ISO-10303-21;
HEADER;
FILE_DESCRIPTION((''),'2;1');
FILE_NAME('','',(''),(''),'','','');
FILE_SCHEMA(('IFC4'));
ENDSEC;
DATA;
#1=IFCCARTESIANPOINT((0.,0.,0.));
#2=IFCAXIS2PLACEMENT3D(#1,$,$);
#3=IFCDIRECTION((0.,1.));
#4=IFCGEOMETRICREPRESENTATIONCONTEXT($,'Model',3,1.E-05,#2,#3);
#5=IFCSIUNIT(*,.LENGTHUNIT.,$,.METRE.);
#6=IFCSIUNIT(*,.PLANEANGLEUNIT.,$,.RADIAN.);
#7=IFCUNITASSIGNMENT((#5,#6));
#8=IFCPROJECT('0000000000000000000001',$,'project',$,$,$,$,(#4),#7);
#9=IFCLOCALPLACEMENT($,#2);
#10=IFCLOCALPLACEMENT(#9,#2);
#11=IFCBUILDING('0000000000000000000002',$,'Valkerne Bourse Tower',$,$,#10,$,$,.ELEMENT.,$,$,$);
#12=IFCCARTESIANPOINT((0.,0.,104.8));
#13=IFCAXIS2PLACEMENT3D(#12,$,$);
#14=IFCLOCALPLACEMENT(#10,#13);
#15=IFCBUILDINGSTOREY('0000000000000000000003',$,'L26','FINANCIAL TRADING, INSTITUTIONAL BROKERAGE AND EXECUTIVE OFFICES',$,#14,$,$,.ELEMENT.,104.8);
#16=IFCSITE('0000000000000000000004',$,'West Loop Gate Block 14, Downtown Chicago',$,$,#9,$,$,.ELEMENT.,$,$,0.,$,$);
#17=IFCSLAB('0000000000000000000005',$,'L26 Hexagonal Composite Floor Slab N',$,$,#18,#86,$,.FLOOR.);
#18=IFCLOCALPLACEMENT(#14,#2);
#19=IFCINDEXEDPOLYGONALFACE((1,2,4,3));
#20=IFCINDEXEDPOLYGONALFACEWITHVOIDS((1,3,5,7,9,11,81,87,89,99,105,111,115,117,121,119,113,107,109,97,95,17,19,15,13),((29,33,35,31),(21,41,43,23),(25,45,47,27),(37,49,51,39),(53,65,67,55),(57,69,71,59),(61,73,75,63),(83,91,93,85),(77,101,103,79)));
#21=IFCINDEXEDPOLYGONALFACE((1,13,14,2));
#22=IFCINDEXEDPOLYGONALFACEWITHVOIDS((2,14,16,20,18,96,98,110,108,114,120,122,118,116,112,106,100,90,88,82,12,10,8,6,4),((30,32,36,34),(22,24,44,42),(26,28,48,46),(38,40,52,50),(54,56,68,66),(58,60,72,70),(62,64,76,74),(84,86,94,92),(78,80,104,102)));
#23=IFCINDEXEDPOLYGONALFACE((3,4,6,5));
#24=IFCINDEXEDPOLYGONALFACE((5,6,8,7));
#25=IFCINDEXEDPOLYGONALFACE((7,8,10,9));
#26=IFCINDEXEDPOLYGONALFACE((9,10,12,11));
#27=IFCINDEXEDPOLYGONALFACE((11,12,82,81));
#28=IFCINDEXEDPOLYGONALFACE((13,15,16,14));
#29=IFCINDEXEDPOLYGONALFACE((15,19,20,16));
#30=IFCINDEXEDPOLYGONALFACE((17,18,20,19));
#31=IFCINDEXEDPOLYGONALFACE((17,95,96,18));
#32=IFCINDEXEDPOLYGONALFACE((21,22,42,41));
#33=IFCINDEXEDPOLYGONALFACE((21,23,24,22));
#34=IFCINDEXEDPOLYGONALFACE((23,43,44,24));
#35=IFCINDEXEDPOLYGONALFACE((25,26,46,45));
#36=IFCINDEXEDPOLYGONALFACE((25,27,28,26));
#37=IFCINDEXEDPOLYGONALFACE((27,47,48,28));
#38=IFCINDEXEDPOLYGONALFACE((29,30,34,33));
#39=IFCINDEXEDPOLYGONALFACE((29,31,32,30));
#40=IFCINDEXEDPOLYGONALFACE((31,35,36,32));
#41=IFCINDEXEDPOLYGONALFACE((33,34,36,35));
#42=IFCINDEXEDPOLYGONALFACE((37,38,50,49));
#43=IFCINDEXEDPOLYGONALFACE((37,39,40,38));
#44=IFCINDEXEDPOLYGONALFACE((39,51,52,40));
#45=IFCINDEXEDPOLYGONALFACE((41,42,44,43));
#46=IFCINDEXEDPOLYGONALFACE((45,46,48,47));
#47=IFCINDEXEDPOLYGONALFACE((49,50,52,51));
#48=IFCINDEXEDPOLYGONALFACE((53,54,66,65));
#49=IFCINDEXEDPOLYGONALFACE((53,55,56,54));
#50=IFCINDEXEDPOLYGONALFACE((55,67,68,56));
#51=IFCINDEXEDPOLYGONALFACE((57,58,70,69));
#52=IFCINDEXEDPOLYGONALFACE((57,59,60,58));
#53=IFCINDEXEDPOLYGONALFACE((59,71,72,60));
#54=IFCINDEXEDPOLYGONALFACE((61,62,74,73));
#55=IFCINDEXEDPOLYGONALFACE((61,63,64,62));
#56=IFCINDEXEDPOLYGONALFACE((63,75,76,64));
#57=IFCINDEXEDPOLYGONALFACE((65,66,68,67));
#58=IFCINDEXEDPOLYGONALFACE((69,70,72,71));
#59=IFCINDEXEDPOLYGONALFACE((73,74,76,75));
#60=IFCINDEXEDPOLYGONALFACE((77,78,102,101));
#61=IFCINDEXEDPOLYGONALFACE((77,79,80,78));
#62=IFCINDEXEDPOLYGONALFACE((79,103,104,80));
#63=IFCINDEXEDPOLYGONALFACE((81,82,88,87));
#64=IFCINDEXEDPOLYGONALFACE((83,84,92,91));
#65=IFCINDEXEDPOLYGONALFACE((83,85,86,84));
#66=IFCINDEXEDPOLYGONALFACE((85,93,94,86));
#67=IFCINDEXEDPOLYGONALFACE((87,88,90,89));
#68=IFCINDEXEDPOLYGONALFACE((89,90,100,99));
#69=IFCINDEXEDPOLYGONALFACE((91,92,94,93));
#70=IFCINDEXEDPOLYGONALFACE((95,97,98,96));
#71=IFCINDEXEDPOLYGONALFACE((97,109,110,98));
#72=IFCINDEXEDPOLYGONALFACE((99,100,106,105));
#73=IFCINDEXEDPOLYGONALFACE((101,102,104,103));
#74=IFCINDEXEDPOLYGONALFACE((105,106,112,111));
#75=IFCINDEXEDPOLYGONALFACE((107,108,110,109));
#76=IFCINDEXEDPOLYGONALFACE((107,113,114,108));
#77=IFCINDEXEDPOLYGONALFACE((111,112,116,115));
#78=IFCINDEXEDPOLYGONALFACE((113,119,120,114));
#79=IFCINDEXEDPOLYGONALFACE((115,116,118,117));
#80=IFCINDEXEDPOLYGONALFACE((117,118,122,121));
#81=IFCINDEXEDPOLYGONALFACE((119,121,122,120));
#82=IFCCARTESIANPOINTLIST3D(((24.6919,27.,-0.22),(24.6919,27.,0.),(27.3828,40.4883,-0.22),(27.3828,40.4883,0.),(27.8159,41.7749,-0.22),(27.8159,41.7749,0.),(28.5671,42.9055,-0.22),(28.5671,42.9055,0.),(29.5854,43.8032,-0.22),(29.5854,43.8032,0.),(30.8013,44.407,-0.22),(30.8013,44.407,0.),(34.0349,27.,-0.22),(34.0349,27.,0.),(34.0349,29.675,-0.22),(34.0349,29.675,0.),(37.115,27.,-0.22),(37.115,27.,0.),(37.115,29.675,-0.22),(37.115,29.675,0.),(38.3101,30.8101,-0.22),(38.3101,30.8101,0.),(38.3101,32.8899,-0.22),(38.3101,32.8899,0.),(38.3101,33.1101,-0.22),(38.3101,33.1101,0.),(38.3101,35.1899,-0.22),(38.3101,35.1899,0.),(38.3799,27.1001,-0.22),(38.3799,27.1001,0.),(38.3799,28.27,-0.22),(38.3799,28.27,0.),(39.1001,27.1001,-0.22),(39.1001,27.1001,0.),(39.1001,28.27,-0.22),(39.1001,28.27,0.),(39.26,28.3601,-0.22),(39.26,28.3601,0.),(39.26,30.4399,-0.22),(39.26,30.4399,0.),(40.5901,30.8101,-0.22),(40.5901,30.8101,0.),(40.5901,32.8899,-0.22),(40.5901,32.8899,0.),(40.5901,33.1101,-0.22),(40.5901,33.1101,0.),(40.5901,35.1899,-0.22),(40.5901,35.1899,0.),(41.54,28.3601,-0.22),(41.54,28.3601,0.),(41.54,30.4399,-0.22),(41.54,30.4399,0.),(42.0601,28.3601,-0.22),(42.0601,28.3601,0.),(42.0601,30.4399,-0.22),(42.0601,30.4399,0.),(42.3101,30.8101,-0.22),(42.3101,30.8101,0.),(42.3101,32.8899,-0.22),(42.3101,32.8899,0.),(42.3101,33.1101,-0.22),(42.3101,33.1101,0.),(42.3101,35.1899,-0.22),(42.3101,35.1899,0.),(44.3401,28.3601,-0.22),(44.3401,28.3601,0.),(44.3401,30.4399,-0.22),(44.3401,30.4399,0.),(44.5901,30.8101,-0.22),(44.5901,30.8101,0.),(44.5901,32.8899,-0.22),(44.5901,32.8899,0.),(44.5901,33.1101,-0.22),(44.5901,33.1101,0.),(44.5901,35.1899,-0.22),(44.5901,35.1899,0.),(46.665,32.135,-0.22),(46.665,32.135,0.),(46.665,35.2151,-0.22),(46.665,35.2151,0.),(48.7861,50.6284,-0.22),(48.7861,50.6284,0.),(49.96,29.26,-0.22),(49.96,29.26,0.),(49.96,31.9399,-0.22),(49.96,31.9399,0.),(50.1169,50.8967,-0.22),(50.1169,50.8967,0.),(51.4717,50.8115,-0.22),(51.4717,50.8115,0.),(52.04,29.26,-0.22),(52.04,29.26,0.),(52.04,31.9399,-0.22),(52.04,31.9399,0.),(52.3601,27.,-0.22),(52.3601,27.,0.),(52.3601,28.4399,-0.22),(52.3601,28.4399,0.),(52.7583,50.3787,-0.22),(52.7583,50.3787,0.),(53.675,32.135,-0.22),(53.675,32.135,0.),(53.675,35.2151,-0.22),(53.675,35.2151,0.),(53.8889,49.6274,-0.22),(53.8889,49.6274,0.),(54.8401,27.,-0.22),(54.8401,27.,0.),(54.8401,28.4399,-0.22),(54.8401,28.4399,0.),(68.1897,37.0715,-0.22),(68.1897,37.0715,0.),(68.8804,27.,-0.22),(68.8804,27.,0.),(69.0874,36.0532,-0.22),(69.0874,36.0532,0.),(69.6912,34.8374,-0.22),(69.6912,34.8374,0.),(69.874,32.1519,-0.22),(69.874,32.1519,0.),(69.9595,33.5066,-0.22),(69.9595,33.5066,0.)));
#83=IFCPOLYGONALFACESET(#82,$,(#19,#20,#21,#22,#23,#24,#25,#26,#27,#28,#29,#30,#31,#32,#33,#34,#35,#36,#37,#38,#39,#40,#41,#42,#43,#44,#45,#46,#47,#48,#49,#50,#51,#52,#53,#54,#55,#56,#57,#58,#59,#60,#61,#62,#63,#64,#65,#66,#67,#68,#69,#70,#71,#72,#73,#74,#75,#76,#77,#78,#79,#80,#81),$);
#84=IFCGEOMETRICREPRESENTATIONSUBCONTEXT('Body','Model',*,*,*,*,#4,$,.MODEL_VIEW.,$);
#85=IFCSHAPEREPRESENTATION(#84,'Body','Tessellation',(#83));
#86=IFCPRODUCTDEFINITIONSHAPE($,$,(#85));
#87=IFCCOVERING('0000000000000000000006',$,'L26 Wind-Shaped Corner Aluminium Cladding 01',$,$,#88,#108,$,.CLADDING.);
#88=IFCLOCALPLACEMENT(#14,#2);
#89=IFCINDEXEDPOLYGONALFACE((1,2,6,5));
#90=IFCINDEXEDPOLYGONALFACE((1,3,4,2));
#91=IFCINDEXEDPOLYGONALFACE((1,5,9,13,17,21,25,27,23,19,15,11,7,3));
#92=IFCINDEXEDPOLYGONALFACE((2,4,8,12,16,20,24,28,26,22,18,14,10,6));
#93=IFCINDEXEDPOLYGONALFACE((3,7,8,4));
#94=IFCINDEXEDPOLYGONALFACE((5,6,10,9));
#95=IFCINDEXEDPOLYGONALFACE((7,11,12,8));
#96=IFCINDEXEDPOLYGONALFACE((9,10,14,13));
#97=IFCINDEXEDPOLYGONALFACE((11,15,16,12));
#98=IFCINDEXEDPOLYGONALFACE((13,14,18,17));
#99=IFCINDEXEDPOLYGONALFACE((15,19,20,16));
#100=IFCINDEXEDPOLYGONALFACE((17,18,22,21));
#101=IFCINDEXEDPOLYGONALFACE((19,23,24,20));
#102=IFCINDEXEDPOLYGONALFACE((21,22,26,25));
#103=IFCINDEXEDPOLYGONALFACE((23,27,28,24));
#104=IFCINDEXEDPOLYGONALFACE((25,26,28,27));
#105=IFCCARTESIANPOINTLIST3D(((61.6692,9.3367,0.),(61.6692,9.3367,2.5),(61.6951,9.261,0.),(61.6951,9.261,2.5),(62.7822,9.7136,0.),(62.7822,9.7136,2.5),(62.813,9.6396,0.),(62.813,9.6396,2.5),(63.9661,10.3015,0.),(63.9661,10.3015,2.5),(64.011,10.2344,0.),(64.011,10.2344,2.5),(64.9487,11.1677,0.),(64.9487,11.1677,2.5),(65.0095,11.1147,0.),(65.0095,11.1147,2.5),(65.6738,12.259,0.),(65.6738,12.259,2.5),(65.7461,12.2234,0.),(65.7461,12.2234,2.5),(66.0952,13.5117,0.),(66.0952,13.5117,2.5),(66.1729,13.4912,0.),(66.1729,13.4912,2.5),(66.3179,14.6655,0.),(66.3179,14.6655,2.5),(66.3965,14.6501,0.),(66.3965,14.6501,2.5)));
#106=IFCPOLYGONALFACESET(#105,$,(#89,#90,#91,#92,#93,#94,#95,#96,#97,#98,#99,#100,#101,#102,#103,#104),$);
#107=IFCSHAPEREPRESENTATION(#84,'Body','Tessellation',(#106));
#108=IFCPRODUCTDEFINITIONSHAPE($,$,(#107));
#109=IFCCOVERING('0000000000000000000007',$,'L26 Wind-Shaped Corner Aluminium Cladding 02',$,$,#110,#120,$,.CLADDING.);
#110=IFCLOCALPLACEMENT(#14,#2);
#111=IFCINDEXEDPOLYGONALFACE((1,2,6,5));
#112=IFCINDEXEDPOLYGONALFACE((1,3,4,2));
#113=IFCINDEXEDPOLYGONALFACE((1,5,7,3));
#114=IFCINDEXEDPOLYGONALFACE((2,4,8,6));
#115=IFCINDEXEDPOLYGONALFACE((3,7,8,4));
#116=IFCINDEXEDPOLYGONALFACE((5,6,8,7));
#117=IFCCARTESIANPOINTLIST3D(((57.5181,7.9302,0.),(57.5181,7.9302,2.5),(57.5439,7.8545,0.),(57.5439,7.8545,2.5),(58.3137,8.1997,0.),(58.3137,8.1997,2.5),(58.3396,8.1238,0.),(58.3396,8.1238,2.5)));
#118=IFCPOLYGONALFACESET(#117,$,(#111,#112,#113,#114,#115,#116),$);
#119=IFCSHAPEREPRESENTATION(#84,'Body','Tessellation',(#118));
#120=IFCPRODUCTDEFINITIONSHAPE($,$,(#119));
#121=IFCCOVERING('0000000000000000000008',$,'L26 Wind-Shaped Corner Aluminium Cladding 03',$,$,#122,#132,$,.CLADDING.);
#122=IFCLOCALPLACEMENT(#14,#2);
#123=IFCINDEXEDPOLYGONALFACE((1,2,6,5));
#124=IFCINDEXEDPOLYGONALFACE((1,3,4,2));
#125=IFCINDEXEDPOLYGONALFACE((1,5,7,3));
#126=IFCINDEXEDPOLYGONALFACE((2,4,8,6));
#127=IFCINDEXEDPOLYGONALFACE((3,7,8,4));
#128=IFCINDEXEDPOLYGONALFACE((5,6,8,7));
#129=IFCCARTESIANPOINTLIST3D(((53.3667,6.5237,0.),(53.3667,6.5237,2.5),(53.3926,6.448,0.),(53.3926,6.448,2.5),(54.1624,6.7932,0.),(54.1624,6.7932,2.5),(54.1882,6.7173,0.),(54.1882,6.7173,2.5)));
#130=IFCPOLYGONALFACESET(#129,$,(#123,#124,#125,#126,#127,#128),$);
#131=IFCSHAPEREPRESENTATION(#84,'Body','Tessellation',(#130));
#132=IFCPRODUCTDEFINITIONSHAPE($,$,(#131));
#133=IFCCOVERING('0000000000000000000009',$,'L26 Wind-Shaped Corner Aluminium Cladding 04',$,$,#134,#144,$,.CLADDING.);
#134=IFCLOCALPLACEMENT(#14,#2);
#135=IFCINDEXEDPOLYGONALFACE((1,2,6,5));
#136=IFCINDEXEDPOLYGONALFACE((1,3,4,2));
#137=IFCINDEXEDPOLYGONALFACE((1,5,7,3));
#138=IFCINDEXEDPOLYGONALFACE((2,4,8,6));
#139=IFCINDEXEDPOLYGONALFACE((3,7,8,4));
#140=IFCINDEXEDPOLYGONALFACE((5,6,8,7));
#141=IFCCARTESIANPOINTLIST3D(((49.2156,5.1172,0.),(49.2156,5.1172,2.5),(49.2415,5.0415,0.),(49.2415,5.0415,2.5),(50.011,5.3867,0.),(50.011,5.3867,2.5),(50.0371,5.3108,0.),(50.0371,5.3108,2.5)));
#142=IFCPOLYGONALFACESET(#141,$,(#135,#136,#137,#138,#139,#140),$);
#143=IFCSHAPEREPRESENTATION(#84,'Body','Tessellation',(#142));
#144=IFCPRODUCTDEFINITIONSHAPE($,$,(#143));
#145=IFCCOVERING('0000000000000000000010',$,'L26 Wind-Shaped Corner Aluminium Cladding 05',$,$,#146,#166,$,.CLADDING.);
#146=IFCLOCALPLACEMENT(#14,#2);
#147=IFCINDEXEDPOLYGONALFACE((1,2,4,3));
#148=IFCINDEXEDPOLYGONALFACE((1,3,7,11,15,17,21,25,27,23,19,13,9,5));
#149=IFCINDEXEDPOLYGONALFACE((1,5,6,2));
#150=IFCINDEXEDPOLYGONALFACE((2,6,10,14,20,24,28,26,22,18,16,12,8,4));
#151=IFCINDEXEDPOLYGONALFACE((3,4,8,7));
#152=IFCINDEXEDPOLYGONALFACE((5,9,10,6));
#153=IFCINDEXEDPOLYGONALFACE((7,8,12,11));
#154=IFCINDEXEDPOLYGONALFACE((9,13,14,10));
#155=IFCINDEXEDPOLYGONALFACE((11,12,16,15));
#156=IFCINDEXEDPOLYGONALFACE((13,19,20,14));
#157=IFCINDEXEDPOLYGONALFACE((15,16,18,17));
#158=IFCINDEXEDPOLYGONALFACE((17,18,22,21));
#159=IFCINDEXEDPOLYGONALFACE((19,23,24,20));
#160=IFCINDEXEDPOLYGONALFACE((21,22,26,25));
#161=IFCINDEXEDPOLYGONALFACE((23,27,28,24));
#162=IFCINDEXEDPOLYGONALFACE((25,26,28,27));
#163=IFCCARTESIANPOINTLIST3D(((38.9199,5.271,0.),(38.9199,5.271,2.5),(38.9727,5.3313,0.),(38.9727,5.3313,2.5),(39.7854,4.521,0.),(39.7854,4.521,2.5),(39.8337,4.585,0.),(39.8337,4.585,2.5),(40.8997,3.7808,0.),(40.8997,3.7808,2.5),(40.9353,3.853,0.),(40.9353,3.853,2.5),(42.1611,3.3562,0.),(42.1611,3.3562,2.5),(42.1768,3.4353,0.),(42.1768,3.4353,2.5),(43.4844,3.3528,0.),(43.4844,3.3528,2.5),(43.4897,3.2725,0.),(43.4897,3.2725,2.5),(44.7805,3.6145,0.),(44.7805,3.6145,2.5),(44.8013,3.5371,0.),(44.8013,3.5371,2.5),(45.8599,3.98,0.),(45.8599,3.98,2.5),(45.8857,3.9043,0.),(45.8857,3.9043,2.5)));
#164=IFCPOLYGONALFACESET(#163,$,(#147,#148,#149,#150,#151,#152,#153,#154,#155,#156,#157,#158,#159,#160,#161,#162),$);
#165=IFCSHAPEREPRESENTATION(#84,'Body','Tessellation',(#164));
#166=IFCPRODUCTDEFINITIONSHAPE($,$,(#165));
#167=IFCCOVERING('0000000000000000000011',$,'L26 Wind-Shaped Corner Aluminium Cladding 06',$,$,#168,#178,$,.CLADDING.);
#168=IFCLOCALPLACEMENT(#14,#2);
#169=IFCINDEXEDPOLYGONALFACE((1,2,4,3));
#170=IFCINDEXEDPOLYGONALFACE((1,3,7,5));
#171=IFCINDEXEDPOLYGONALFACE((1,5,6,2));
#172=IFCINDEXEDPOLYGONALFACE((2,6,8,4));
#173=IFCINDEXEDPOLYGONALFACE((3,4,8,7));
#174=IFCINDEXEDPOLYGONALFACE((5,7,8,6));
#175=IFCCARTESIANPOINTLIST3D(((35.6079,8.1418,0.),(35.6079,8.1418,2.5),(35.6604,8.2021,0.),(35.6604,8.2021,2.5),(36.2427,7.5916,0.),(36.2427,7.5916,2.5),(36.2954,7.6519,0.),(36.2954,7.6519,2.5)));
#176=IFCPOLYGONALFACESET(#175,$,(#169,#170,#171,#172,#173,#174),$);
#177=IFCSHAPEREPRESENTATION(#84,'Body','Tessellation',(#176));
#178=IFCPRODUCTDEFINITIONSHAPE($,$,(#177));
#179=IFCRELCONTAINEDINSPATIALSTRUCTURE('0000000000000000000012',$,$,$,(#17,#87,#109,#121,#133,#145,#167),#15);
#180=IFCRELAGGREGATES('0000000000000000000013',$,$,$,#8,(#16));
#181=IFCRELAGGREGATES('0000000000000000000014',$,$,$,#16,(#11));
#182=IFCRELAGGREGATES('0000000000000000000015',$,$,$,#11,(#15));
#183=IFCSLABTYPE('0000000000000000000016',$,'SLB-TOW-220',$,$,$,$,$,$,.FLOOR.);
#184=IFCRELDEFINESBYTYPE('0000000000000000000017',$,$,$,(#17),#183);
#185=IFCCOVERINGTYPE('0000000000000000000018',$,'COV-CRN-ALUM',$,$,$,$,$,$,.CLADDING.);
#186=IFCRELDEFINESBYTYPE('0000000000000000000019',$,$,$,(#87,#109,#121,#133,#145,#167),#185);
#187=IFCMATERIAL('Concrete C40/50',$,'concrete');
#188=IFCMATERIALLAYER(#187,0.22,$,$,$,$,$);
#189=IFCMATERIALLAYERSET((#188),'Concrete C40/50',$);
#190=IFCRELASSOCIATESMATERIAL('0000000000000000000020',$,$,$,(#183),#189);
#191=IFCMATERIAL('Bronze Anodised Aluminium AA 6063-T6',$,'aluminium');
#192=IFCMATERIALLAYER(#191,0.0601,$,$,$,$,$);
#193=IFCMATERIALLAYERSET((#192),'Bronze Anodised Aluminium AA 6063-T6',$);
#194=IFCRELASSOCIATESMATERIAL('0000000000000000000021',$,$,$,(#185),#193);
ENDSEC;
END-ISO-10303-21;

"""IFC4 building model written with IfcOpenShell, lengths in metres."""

from ifc_helpers import new_model, si_unit, direction, frame, origin, place, context, subcontext, project, spatial, polyline, outline, extrude, material, layer, layer_set, type_object, element, save


model = new_model("IFC4")

# Units and contexts
model_context = context("Model", 3, precision=1e-05, world=origin(), true_north=direction((0.0, 1.0)))
body_context = subcontext(model_context, "Body", "Model", "MODEL_VIEW")
ifc_project = project(units=[si_unit("LENGTHUNIT", "METRE"), si_unit("PLANEANGLEUNIT", "RADIAN")], contexts=[model_context])

# Site, building, storey
site_placement = place(None, origin())
site = spatial("IfcSite", under=ifc_project, at=site_placement, Name="West Loop Gate Block 14, Downtown Chicago", CompositionType="ELEMENT", RefElevation=0.0)
building_placement = place(site_placement, origin())
building = spatial("IfcBuilding", under=site, at=building_placement, Name="Valkerne Bourse Tower", CompositionType="ELEMENT")
storey_placement = place(building_placement, frame((0.0, 0.0, 104.8)))
storey = spatial("IfcBuildingStorey", under=building, at=storey_placement, Name="L26", Description="FINANCIAL TRADING, INSTITUTIONAL BROKERAGE AND EXECUTIVE OFFICES", CompositionType="ELEMENT", Elevation=104.8)

# Slab
ifc_material_1 = material(Name="Concrete C40/50", Category="concrete")
ifc_layer_1 = layer(ifc_material_1, 0.22)
ifc_layer_set_1 = layer_set([ifc_layer_1], Name="Concrete C40/50")
slab_type_1 = type_object("IfcSlabType", Name="SLB-TOW-220", PredefinedType="FLOOR", material=ifc_layer_set_1)
slab_1_placement = place(storey_placement, frame((0.0, 0.0, -0.22)))
element("IfcSlab", 1, at=slab_1_placement, inside=storey, type_object=slab_type_1, Name="L26 Hexagonal Composite Floor Slab N", PredefinedType="FLOOR", context=body_context, shape_type="SweptSolid", body=[
    extrude(outline(polyline([(27.3828, 40.4883), (27.8159, 41.7749), (28.5671, 42.9055), (29.5854, 43.8032), (30.8013, 44.407), (48.7861, 50.6284), (50.1169, 50.8967), (51.4717, 50.8115), (52.7583, 50.3787), (53.8889, 49.6274), (68.1897, 37.0715), (69.0874, 36.0532), (69.6912, 34.8374), (69.9595, 33.5066), (69.874, 32.1519), (68.8804, 27.0), (54.8401, 27.0), (54.8401, 28.4399), (52.3601, 28.4399), (52.3601, 27.0), (37.115, 27.0), (37.115, 29.675), (34.0349, 29.675), (34.0349, 27.0), (24.6919, 27.0), (27.3828, 40.4883)]), holes=[polyline([(39.1001, 28.27), (38.3799, 28.27), (38.3799, 27.1001), (39.1001, 27.1001), (39.1001, 28.27)]), polyline([(41.54, 30.4399), (39.26, 30.4399), (39.26, 28.3601), (41.54, 28.3601), (41.54, 30.4399)]), polyline([(44.3401, 30.4399), (42.0601, 30.4399), (42.0601, 28.3601), (44.3401, 28.3601), (44.3401, 30.4399)]), polyline([(40.5901, 30.8101), (40.5901, 32.8899), (38.3101, 32.8899), (38.3101, 30.8101), (40.5901, 30.8101)]), polyline([(40.5901, 33.1101), (40.5901, 35.1899), (38.3101, 35.1899), (38.3101, 33.1101), (40.5901, 33.1101)]), polyline([(52.04, 31.9399), (49.96, 31.9399), (49.96, 29.26), (52.04, 29.26), (52.04, 31.9399)]), polyline([(44.5901, 32.8899), (42.3101, 32.8899), (42.3101, 30.8101), (44.5901, 30.8101), (44.5901, 32.8899)]), polyline([(53.675, 32.135), (53.675, 35.2151), (46.665, 35.2151), (46.665, 32.135), (53.675, 32.135)]), polyline([(44.5901, 33.1101), (44.5901, 35.1899), (42.3101, 35.1899), (42.3101, 33.1101), (44.5901, 33.1101)])]), origin(), (0.0, 0.0, 1.0), 0.22),
])

# Coverings
ifc_material_2 = material(Name="Bronze Anodised Aluminium AA 6063-T6", Category="aluminium")
ifc_layer_2 = layer(ifc_material_2, 0.0601)
ifc_layer_set_2 = layer_set([ifc_layer_2], Name="Bronze Anodised Aluminium AA 6063-T6")
covering_type = type_object("IfcCoveringType", Name="COV-CRN-ALUM", PredefinedType="CLADDING", material=ifc_layer_set_2)
covering_1_placement = place(storey_placement, origin())
element("IfcCovering", 2, at=covering_1_placement, inside=storey, type_object=covering_type, Name="L26 Wind-Shaped Corner Aluminium Cladding 01", PredefinedType="CLADDING", context=body_context, shape_type="SweptSolid", body=[
    extrude(outline(polyline([(65.7461, 12.2234), (65.0095, 11.1147), (64.011, 10.2344), (62.813, 9.6396), (61.6951, 9.261), (61.6692, 9.3367), (62.7822, 9.7136), (63.9661, 10.3015), (64.9487, 11.1677), (65.6738, 12.259), (66.0952, 13.5117), (66.3179, 14.6655), (66.3965, 14.6501), (66.1729, 13.4912), (65.7461, 12.2234)])), origin(), (0.0, 0.0, 1.0), 2.5),
])
covering_2_placement = place(storey_placement, origin())
element("IfcCovering", 3, at=covering_2_placement, inside=storey, type_object=covering_type, Name="L26 Wind-Shaped Corner Aluminium Cladding 02", PredefinedType="CLADDING", context=body_context, shape_type="SweptSolid", body=[
    extrude(outline(polyline([(57.5439, 7.8545), (57.5181, 7.9302), (58.3137, 8.1997), (58.3396, 8.1238), (57.5439, 7.8545)])), origin(), (0.0, 0.0, 1.0), 2.5),
])
covering_3_placement = place(storey_placement, origin())
element("IfcCovering", 4, at=covering_3_placement, inside=storey, type_object=covering_type, Name="L26 Wind-Shaped Corner Aluminium Cladding 03", PredefinedType="CLADDING", context=body_context, shape_type="SweptSolid", body=[
    extrude(outline(polyline([(53.3926, 6.448), (53.3667, 6.5237), (54.1624, 6.7932), (54.1882, 6.7173), (53.3926, 6.448)])), origin(), (0.0, 0.0, 1.0), 2.5),
])
covering_4_placement = place(storey_placement, origin())
element("IfcCovering", 5, at=covering_4_placement, inside=storey, type_object=covering_type, Name="L26 Wind-Shaped Corner Aluminium Cladding 04", PredefinedType="CLADDING", context=body_context, shape_type="SweptSolid", body=[
    extrude(outline(polyline([(49.2415, 5.0415), (49.2156, 5.1172), (50.011, 5.3867), (50.0371, 5.3108), (49.2415, 5.0415)])), origin(), (0.0, 0.0, 1.0), 2.5),
])
covering_5_placement = place(storey_placement, origin())
element("IfcCovering", 6, at=covering_5_placement, inside=storey, type_object=covering_type, Name="L26 Wind-Shaped Corner Aluminium Cladding 05", PredefinedType="CLADDING", context=body_context, shape_type="SweptSolid", body=[
    extrude(outline(polyline([(44.8013, 3.5371), (43.4897, 3.2725), (42.1611, 3.3562), (40.8997, 3.7808), (39.7854, 4.521), (38.9199, 5.271), (38.9727, 5.3313), (39.8337, 4.585), (40.9353, 3.853), (42.1768, 3.4353), (43.4844, 3.3528), (44.7805, 3.6145), (45.8599, 3.98), (45.8857, 3.9043), (44.8013, 3.5371)])), origin(), (0.0, 0.0, 1.0), 2.5),
])
covering_6_placement = place(storey_placement, origin())
element("IfcCovering", 7, at=covering_6_placement, inside=storey, type_object=covering_type, Name="L26 Wind-Shaped Corner Aluminium Cladding 06", PredefinedType="CLADDING", context=body_context, shape_type="SweptSolid", body=[
    extrude(outline(polyline([(35.6079, 8.1418), (35.6604, 8.2021), (36.2954, 7.6519), (36.2427, 7.5916), (35.6079, 8.1418)])), origin(), (0.0, 0.0, 1.0), 2.5),
])

save(model, "model.ifc")
